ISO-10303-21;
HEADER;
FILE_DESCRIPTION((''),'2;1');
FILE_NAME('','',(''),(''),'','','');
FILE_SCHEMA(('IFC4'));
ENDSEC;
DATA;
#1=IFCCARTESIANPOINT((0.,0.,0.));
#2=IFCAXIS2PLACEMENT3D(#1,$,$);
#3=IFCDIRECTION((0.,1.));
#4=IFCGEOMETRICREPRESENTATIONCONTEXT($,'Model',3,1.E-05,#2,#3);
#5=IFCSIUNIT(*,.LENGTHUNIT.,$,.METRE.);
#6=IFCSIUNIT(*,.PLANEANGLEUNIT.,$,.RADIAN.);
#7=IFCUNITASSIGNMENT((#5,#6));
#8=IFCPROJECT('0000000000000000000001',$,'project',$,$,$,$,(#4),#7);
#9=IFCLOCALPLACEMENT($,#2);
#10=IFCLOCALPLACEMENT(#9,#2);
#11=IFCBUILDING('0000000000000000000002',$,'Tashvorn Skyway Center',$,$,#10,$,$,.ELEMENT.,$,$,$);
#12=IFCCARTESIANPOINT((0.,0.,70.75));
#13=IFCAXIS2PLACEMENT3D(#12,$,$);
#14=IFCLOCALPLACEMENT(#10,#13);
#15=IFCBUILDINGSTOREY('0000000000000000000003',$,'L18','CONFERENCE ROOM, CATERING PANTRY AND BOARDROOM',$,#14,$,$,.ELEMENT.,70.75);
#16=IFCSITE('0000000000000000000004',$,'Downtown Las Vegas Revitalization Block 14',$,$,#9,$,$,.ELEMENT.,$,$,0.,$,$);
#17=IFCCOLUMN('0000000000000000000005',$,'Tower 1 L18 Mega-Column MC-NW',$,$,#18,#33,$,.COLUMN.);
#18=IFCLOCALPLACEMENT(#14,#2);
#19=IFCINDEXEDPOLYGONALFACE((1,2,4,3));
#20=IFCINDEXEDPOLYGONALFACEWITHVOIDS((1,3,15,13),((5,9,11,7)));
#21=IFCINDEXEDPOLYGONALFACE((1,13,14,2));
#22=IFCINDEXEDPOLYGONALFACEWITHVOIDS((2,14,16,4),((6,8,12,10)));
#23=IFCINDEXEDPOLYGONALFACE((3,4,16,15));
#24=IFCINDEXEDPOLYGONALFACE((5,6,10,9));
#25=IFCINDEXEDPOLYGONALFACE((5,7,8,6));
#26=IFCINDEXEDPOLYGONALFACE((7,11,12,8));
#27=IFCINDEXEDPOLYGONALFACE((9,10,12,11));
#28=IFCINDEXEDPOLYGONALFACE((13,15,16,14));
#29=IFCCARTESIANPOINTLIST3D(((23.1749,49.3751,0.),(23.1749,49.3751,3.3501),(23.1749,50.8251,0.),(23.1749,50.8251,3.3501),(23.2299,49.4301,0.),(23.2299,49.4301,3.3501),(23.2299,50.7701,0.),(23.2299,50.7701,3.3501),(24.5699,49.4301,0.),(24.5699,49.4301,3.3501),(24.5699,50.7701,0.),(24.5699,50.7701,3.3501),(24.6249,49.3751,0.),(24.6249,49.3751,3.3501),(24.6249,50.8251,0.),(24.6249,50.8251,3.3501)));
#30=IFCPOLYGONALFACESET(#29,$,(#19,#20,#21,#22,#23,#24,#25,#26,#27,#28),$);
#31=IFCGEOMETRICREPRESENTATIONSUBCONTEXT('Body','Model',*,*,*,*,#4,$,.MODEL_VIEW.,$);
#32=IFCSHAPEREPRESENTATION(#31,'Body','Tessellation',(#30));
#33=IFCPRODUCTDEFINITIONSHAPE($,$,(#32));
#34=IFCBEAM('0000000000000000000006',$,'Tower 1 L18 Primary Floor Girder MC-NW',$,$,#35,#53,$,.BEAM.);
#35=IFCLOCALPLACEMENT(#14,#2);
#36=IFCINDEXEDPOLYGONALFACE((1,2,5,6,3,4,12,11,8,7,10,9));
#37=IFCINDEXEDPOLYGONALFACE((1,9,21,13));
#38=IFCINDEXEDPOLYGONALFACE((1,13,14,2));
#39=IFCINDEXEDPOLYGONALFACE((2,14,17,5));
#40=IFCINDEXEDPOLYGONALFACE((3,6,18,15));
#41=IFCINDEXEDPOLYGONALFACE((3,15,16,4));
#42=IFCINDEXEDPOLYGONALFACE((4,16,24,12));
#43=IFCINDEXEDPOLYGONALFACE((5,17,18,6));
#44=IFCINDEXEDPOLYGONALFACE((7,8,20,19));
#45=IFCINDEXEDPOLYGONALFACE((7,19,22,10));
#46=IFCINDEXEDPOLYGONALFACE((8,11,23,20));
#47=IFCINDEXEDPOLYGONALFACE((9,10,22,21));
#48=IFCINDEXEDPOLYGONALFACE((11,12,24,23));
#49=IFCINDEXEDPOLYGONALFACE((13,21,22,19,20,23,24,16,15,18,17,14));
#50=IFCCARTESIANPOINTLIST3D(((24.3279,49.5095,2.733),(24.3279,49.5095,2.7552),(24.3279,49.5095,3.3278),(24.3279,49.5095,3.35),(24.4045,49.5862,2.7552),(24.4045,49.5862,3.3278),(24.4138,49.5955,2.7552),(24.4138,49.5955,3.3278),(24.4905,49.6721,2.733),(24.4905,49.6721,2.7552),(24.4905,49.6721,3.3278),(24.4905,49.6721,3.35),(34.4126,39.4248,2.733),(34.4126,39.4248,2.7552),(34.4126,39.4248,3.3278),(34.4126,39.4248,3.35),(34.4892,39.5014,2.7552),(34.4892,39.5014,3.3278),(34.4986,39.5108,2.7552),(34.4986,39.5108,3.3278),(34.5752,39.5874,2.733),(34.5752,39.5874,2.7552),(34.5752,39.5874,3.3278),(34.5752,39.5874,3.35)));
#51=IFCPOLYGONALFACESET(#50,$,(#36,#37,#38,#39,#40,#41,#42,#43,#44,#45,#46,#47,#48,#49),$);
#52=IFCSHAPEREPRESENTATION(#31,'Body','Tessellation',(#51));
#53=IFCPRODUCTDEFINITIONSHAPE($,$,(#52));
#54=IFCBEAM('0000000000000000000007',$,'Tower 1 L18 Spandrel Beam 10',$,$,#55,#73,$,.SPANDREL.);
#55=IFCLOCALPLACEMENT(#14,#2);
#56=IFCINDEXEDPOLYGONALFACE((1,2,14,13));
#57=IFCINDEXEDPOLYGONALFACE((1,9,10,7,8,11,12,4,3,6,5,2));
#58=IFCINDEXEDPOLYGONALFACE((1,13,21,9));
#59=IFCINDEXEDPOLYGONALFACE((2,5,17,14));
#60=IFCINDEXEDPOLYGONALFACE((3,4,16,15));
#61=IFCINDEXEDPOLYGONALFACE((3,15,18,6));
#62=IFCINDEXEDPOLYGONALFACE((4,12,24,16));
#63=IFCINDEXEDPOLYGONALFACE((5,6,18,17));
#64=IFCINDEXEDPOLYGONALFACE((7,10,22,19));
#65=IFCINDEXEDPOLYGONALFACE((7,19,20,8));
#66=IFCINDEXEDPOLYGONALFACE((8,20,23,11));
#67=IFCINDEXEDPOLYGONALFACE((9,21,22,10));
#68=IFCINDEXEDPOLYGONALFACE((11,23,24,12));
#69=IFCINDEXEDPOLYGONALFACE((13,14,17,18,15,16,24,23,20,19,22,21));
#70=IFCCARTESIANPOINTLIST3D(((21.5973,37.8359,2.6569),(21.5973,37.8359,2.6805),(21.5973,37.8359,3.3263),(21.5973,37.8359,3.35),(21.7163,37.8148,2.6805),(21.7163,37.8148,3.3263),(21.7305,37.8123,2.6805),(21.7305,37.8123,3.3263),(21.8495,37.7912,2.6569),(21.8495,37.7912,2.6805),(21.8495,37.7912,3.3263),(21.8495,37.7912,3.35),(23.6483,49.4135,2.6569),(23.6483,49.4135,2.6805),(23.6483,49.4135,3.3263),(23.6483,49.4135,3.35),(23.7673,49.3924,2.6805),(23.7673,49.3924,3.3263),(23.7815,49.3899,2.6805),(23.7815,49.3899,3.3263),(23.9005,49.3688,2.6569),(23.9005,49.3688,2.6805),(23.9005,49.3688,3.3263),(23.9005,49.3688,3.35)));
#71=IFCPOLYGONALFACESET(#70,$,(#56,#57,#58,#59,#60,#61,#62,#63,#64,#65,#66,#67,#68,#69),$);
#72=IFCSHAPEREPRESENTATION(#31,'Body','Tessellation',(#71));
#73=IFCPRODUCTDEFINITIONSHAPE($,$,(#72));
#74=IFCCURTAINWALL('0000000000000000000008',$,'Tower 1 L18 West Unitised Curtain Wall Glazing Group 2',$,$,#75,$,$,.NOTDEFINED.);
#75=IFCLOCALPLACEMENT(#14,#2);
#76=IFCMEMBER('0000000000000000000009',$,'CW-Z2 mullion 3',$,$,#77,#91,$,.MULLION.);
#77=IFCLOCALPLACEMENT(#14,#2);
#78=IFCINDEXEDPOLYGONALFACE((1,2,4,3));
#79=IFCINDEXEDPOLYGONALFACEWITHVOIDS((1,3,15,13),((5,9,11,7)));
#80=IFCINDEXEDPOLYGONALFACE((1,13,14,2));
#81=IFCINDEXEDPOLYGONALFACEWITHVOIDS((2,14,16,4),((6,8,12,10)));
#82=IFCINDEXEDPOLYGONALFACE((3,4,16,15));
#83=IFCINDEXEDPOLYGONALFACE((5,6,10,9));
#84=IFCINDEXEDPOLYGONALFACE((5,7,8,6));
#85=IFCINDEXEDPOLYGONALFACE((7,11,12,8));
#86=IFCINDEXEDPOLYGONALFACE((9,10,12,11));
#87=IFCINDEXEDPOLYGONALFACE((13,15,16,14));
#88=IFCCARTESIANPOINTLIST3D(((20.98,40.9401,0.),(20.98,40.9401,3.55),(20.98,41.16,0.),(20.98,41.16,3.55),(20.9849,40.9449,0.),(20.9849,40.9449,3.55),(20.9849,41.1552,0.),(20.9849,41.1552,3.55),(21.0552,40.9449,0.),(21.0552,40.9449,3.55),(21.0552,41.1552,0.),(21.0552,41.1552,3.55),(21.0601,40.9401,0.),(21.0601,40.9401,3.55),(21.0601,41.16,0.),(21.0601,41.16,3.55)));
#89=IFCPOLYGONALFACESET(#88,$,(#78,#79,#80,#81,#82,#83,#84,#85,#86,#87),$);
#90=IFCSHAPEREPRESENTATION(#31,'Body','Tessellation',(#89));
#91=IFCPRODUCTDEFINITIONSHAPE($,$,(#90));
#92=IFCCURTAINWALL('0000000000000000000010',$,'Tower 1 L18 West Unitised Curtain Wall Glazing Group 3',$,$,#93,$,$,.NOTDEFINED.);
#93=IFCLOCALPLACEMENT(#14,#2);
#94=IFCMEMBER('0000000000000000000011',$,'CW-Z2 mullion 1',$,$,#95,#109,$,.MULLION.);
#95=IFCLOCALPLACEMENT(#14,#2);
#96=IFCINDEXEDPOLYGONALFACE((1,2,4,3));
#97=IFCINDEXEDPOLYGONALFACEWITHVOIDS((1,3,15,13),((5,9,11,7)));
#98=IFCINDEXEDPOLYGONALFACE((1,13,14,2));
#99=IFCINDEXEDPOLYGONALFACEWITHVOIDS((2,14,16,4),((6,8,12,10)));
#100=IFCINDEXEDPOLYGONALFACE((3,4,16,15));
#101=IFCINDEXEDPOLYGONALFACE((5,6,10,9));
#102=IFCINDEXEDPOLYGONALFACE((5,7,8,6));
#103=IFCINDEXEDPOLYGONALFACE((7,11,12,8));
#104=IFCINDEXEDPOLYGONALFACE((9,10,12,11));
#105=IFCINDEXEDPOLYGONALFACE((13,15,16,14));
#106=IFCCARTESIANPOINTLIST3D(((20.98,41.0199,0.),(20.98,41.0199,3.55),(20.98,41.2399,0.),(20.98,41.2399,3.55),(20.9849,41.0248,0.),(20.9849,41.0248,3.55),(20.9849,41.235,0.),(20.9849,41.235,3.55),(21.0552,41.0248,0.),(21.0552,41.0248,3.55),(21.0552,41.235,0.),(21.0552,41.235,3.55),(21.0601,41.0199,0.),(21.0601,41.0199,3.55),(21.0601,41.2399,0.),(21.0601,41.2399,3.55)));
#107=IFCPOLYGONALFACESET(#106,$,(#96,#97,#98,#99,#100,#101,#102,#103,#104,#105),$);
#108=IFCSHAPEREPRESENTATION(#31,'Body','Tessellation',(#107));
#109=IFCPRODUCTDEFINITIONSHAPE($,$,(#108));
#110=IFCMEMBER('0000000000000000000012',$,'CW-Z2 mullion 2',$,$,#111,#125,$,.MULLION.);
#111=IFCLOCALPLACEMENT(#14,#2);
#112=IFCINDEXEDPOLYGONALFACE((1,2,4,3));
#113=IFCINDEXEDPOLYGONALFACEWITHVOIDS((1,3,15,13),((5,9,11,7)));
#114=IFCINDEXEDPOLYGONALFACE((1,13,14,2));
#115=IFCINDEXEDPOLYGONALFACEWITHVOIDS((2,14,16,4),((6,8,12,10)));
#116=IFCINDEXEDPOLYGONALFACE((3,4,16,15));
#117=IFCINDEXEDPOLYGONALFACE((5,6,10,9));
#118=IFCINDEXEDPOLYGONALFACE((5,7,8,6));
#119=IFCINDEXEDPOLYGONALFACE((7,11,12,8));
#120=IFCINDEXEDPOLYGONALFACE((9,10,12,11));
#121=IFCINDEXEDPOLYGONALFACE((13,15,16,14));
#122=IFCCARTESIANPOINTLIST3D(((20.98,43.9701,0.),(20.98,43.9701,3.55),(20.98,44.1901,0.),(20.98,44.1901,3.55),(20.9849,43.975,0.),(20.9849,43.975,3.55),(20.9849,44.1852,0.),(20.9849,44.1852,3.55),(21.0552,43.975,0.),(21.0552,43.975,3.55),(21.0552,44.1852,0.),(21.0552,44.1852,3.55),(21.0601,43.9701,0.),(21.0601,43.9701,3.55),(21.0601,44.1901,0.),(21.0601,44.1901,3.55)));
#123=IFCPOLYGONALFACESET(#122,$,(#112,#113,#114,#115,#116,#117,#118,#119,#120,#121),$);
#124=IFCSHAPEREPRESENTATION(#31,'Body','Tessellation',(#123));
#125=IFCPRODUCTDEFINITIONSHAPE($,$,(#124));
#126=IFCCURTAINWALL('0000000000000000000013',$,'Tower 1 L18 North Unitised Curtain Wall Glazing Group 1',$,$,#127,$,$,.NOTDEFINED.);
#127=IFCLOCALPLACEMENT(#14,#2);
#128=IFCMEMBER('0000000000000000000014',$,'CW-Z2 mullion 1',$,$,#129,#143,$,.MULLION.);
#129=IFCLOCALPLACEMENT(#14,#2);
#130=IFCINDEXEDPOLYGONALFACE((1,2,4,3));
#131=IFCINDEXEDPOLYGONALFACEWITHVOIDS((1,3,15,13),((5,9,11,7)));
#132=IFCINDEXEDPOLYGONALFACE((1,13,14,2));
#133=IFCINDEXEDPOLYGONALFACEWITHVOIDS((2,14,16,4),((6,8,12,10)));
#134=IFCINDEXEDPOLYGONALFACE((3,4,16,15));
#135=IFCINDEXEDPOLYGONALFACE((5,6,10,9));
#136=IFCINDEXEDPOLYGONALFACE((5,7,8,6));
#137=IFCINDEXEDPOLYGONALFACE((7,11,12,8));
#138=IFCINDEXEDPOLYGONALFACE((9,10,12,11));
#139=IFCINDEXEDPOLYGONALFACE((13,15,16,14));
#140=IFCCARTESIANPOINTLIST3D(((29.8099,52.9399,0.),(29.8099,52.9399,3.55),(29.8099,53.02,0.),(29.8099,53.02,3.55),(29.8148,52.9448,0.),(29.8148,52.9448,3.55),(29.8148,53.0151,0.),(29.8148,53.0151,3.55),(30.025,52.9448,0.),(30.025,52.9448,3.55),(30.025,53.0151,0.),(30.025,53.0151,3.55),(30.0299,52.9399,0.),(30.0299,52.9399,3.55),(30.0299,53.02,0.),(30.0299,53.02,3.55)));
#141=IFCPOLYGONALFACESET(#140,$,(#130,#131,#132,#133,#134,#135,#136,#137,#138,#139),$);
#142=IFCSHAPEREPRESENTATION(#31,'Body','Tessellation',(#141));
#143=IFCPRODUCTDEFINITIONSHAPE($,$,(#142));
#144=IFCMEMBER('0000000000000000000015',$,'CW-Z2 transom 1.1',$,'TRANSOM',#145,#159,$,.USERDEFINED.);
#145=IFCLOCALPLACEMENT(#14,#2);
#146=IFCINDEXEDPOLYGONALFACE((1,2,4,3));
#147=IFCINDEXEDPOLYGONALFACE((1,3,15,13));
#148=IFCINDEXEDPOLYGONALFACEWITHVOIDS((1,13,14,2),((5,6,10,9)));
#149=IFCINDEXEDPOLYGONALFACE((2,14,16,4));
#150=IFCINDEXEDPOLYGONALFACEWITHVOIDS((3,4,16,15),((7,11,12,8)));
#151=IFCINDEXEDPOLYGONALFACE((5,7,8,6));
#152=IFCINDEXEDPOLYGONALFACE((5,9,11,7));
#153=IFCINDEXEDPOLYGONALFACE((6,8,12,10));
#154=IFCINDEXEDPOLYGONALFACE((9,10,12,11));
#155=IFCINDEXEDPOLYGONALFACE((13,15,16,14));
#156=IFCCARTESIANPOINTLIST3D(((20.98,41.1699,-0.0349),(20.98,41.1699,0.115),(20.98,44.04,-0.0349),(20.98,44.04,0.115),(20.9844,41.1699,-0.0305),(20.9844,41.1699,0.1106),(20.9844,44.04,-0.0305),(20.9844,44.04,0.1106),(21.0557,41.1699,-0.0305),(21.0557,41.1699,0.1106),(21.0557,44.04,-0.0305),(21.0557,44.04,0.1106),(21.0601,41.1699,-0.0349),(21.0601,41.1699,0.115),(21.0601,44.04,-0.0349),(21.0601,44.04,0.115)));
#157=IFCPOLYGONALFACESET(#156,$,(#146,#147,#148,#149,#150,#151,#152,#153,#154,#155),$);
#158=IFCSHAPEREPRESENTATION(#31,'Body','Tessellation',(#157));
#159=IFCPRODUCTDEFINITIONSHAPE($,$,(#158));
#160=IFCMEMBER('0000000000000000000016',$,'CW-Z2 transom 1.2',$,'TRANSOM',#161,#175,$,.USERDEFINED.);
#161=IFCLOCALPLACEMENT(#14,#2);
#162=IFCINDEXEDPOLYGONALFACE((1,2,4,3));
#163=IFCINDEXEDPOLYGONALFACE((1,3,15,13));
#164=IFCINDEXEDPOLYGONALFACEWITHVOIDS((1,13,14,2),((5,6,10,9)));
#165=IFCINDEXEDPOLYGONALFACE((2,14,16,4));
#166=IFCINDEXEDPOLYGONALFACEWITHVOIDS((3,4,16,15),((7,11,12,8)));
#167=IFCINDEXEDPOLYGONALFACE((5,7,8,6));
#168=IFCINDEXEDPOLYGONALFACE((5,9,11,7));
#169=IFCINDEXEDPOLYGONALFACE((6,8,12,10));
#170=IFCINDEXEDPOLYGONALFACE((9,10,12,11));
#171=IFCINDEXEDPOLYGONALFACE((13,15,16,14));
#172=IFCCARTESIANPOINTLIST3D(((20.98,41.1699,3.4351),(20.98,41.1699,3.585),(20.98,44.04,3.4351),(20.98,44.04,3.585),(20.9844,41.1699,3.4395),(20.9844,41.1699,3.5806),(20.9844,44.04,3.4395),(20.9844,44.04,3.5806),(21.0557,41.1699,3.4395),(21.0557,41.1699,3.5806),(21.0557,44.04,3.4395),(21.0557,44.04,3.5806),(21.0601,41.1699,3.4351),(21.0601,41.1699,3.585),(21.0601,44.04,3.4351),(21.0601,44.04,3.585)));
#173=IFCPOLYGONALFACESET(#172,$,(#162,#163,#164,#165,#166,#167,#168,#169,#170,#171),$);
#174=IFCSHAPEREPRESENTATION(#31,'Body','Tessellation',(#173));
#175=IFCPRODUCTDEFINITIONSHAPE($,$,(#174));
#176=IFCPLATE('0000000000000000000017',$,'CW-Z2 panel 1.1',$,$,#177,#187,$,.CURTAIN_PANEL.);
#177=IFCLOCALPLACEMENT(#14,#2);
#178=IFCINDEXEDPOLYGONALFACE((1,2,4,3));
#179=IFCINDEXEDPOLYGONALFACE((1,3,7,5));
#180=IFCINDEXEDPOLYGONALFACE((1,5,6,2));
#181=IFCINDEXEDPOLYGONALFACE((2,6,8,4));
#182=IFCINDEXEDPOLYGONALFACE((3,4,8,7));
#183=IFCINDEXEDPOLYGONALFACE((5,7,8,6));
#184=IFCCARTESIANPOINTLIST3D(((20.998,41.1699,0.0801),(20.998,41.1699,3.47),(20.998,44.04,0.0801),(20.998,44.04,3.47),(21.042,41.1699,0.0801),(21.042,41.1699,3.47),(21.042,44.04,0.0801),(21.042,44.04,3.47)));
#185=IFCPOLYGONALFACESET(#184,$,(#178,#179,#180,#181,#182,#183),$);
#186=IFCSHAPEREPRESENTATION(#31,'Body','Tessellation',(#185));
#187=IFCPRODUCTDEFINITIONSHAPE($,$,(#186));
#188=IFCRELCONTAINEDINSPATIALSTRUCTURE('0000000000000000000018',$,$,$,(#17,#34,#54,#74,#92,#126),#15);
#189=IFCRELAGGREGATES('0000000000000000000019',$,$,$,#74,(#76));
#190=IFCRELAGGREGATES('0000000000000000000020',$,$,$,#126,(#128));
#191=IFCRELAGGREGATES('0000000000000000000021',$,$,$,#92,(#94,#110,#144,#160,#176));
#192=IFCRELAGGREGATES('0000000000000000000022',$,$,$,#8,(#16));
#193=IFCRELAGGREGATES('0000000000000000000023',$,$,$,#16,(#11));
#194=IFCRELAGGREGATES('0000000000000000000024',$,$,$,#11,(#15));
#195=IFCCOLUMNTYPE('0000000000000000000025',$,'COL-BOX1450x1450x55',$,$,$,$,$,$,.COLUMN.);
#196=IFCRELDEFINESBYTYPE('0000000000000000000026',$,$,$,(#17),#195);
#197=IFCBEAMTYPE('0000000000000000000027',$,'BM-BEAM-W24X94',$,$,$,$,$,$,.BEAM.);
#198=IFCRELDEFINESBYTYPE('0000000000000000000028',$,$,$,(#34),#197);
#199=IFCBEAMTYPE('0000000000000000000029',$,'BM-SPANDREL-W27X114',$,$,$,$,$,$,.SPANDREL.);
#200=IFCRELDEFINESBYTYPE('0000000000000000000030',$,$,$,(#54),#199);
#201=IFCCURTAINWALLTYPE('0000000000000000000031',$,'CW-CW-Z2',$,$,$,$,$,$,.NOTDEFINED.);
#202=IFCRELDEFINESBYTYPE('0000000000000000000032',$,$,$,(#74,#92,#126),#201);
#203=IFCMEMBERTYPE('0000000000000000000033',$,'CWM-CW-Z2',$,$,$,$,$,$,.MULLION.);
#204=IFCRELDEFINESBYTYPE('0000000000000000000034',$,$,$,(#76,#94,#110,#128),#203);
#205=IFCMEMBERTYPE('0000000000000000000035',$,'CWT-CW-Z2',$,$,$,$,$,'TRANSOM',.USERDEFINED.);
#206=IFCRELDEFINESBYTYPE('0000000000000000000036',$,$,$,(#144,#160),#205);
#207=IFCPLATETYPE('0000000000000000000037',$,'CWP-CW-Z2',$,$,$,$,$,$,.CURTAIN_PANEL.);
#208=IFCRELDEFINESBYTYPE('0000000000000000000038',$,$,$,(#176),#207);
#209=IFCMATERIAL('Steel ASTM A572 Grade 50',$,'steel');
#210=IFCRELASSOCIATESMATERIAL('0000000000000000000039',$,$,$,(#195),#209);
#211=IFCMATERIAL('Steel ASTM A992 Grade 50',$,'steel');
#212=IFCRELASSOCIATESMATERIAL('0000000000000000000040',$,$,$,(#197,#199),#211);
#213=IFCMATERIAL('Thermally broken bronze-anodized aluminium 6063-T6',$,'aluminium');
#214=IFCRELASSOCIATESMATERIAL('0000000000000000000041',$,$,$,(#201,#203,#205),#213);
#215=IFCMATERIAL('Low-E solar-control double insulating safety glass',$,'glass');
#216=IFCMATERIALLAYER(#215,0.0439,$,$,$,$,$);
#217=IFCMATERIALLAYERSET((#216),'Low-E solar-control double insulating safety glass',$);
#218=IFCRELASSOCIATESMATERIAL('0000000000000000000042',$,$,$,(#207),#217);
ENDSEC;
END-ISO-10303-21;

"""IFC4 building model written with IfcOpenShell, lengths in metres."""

from ifc_helpers import new_model, si_unit, direction, frame, origin, origin_2d, place, context, subcontext, project, spatial, rectangle, hollow_rectangle, i_section, extrude, material, layer, layer_set, material_profile, profile_set, type_object, element, aggregate, save


model = new_model("IFC4")

# Units and contexts
model_context = context("Model", 3, precision=1e-05, world=origin(), true_north=direction((0.0, 1.0)))
body_context = subcontext(model_context, "Body", "Model", "MODEL_VIEW")
ifc_project = project(units=[si_unit("LENGTHUNIT", "METRE"), si_unit("PLANEANGLEUNIT", "RADIAN")], contexts=[model_context])

# Site, building, storey
site_placement = place(None, origin())
site = spatial("IfcSite", under=ifc_project, at=site_placement, Name="Downtown Las Vegas Revitalization Block 14", CompositionType="ELEMENT", RefElevation=0.0)
building_placement = place(site_placement, origin())
building = spatial("IfcBuilding", under=site, at=building_placement, Name="Tashvorn Skyway Center", CompositionType="ELEMENT")
storey_placement = place(building_placement, frame((0.0, 0.0, 70.75)))
storey = spatial("IfcBuildingStorey", under=building, at=storey_placement, Name="L18", Description="CONFERENCE ROOM, CATERING PANTRY AND BOARDROOM", CompositionType="ELEMENT", Elevation=70.75)

# Column
ifc_material_1 = material(Name="Steel ASTM A572 Grade 50", Category="steel")
ifc_material_profile_1 = material_profile(ifc_material_1, hollow_rectangle(XDim=1.45, YDim=1.45, WallThickness=0.0549, at=origin_2d()), Name="BOX1450x1450x55")
ifc_profile_set_1 = profile_set([ifc_material_profile_1], Name="Steel ASTM A572 Grade 50")
column_type = type_object("IfcColumnType", Name="COL-BOX1450x1450x55", PredefinedType="COLUMN", material=ifc_profile_set_1)
column_placement = place(storey_placement, frame((23.8999, 50.1001, 0.0), z_axis=(0.0, 0.0, 1.0), x_axis=(1.0, 0.0, 0.0)))
element("IfcColumn", 1, at=column_placement, inside=storey, type_object=column_type, Name="Tower 1 L18 Mega-Column MC-NW", PredefinedType="COLUMN", context=body_context, shape_type="SweptSolid", body=[
    extrude(hollow_rectangle(XDim=1.45, YDim=1.45, WallThickness=0.0549, at=origin_2d()), origin(), (0.0, 0.0, 1.0), 3.3501),
])

# Beams
ifc_material_2 = material(Name="Steel ASTM A992 Grade 50", Category="steel")
ifc_material_profile_2 = material_profile(ifc_material_2, i_section(OverallWidth=0.23, OverallDepth=0.6169, WebThickness=0.0132, FlangeThickness=0.0222, at=origin_2d()), Name="W24X94")
ifc_profile_set_2 = profile_set([ifc_material_profile_2], Name="Steel ASTM A992 Grade 50")
beam_type_1 = type_object("IfcBeamType", Name="BM-BEAM-W24X94", PredefinedType="BEAM", material=ifc_profile_set_2)
beam_1_placement = place(storey_placement, frame((24.4092, 49.5908, 3.0415), z_axis=(0.707107, -0.707107, 0.0), x_axis=(0.707107, 0.707107, 0.0)))
element("IfcBeam", 2, at=beam_1_placement, inside=storey, type_object=beam_type_1, Name="Tower 1 L18 Primary Floor Girder MC-NW", PredefinedType="BEAM", context=body_context, shape_type="SweptSolid", body=[
    extrude(i_section(OverallWidth=0.23, OverallDepth=0.6169, WebThickness=0.0132, FlangeThickness=0.0222, at=origin_2d()), origin(), (0.0, 0.0, 1.0), 14.262),
])
ifc_material_profile_3 = material_profile(ifc_material_2, i_section(OverallWidth=0.2561, OverallDepth=0.6931, WebThickness=0.0144, FlangeThickness=0.0237, at=origin_2d()), Name="W27X114")
ifc_profile_set_3 = profile_set([ifc_material_profile_3], Name="Steel ASTM A992 Grade 50")
beam_type_2 = type_object("IfcBeamType", Name="BM-SPANDREL-W27X114", PredefinedType="SPANDREL", material=ifc_profile_set_3)
beam_2_placement = place(storey_placement, frame((23.7744, 49.3911, 3.0034), z_axis=(-0.174438, -0.984668, 0.0), x_axis=(0.984668, -0.174438, 0.0)))
element("IfcBeam", 3, at=beam_2_placement, inside=storey, type_object=beam_type_2, Name="Tower 1 L18 Spandrel Beam 10", PredefinedType="SPANDREL", context=body_context, shape_type="SweptSolid", body=[
    extrude(i_section(OverallWidth=0.2561, OverallDepth=0.6931, WebThickness=0.0144, FlangeThickness=0.0237, at=origin_2d()), origin(), (0.0, 0.0, 1.0), 11.7578),
])

# Curtain wall, member
ifc_material_3 = material(Name="Thermally broken bronze-anodized aluminium 6063-T6", Category="aluminium")
curtain_wall_type = type_object("IfcCurtainWallType", Name="CW-CW-Z2", PredefinedType="NOTDEFINED", material=ifc_material_3)
curtain_wall_1_placement = place(storey_placement, origin())
curtain_wall_1 = element("IfcCurtainWall", 4, at=curtain_wall_1_placement, inside=storey, type_object=curtain_wall_type, Name="Tower 1 L18 West Unitised Curtain Wall Glazing Group 2", PredefinedType="NOTDEFINED")
ifc_material_profile_4 = material_profile(ifc_material_3, hollow_rectangle(XDim=0.0801, YDim=0.22, WallThickness=0.0049, at=origin_2d()), Name="ALU-MULL-80x220")
ifc_profile_set_4 = profile_set([ifc_material_profile_4], Name="Thermally broken bronze-anodized aluminium 6063-T6")
member_type_1 = type_object("IfcMemberType", Name="CWM-CW-Z2", PredefinedType="MULLION", material=ifc_profile_set_4)
member_1_placement = place(storey_placement, frame((21.02, 41.05, 0.0), z_axis=(0.0, 0.0, 1.0), x_axis=(-1.0, 0.0, 0.0)))
member_1 = element("IfcMember", 5, at=member_1_placement, type_object=member_type_1, Name="CW-Z2 mullion 3", PredefinedType="MULLION", context=body_context, shape_type="SweptSolid", body=[
    extrude(hollow_rectangle(XDim=0.0801, YDim=0.22, WallThickness=0.0049, at=origin_2d()), origin(), (0.0, 0.0, 1.0), 3.55),
])
aggregate(curtain_wall_1, [member_1])

# Curtain wall, members
curtain_wall_2_placement = place(storey_placement, origin())
curtain_wall_2 = element("IfcCurtainWall", 6, at=curtain_wall_2_placement, inside=storey, type_object=curtain_wall_type, Name="Tower 1 L18 West Unitised Curtain Wall Glazing Group 3", PredefinedType="NOTDEFINED")
member_2_placement = place(storey_placement, frame((21.02, 41.1299, 0.0), z_axis=(0.0, 0.0, 1.0), x_axis=(-1.0, 0.0, 0.0)))
member_2 = element("IfcMember", 7, at=member_2_placement, type_object=member_type_1, Name="CW-Z2 mullion 1", PredefinedType="MULLION", context=body_context, shape_type="SweptSolid", body=[
    extrude(hollow_rectangle(XDim=0.0801, YDim=0.22, WallThickness=0.0049, at=origin_2d()), origin(), (0.0, 0.0, 1.0), 3.55),
])
member_3_placement = place(storey_placement, frame((21.02, 44.0801, 0.0), z_axis=(0.0, 0.0, 1.0), x_axis=(-1.0, 0.0, 0.0)))
member_3 = element("IfcMember", 8, at=member_3_placement, type_object=member_type_1, Name="CW-Z2 mullion 2", PredefinedType="MULLION", context=body_context, shape_type="SweptSolid", body=[
    extrude(hollow_rectangle(XDim=0.0801, YDim=0.22, WallThickness=0.0049, at=origin_2d()), origin(), (0.0, 0.0, 1.0), 3.55),
])

# Curtain wall, member
curtain_wall_3_placement = place(storey_placement, origin())
curtain_wall_3 = element("IfcCurtainWall", 9, at=curtain_wall_3_placement, inside=storey, type_object=curtain_wall_type, Name="Tower 1 L18 North Unitised Curtain Wall Glazing Group 1", PredefinedType="NOTDEFINED")
member_4_placement = place(storey_placement, frame((29.9199, 52.98, 0.0), z_axis=(0.0, 0.0, 1.0), x_axis=(0.0, 1.0, 0.0)))
member_4 = element("IfcMember", 10, at=member_4_placement, type_object=member_type_1, Name="CW-Z2 mullion 1", PredefinedType="MULLION", context=body_context, shape_type="SweptSolid", body=[
    extrude(hollow_rectangle(XDim=0.0801, YDim=0.22, WallThickness=0.0049, at=origin_2d()), origin(), (0.0, 0.0, 1.0), 3.55),
])
aggregate(curtain_wall_3, [member_4])

# Members
ifc_material_profile_5 = material_profile(ifc_material_3, hollow_rectangle(XDim=0.0801, YDim=0.1499, WallThickness=0.0044, at=origin_2d()), Name="ALU-TRAN-80x150")
ifc_profile_set_5 = profile_set([ifc_material_profile_5], Name="Thermally broken bronze-anodized aluminium 6063-T6")
member_type_2 = type_object("IfcMemberType", Name="CWT-CW-Z2", ElementType="TRANSOM", PredefinedType="USERDEFINED", material=ifc_profile_set_5)
member_5_placement = place(storey_placement, frame((21.02, 41.1699, 0.04), z_axis=(0.0, 1.0, 0.0), x_axis=(-1.0, 0.0, 0.0)))
member_5 = element("IfcMember", 11, at=member_5_placement, type_object=member_type_2, Name="CW-Z2 transom 1.1", ObjectType="TRANSOM", PredefinedType="USERDEFINED", context=body_context, shape_type="SweptSolid", body=[
    extrude(hollow_rectangle(XDim=0.0801, YDim=0.1499, WallThickness=0.0044, at=origin_2d()), origin(), (0.0, 0.0, 1.0), 2.8701),
])
member_6_placement = place(storey_placement, frame((21.02, 41.1699, 3.51), z_axis=(0.0, 1.0, 0.0), x_axis=(-1.0, 0.0, 0.0)))
member_6 = element("IfcMember", 12, at=member_6_placement, type_object=member_type_2, Name="CW-Z2 transom 1.2", ObjectType="TRANSOM", PredefinedType="USERDEFINED", context=body_context, shape_type="SweptSolid", body=[
    extrude(hollow_rectangle(XDim=0.0801, YDim=0.1499, WallThickness=0.0044, at=origin_2d()), origin(), (0.0, 0.0, 1.0), 2.8701),
])

# Plate
ifc_material_4 = material(Name="Low-E solar-control double insulating safety glass", Category="glass")
ifc_layer_1 = layer(ifc_material_4, 0.0439)
ifc_layer_set_1 = layer_set([ifc_layer_1], Name="Low-E solar-control double insulating safety glass")
plate_type = type_object("IfcPlateType", Name="CWP-CW-Z2", PredefinedType="CURTAIN_PANEL", material=ifc_layer_set_1)
plate_placement = place(storey_placement, frame((21.02, 42.605, 0.0801), z_axis=(0.0, 0.0, 1.0), x_axis=(0.0, 1.0, 0.0)))
plate = element("IfcPlate", 13, at=plate_placement, type_object=plate_type, Name="CW-Z2 panel 1.1", PredefinedType="CURTAIN_PANEL", context=body_context, shape_type="SweptSolid", body=[
    extrude(rectangle(XDim=2.8701, YDim=0.0439, at=origin_2d()), origin(), (0.0, 0.0, 1.0), 3.3899),
])
aggregate(curtain_wall_2, [member_2, member_3, member_5, member_6, plate])

save(model, "model.ifc")
